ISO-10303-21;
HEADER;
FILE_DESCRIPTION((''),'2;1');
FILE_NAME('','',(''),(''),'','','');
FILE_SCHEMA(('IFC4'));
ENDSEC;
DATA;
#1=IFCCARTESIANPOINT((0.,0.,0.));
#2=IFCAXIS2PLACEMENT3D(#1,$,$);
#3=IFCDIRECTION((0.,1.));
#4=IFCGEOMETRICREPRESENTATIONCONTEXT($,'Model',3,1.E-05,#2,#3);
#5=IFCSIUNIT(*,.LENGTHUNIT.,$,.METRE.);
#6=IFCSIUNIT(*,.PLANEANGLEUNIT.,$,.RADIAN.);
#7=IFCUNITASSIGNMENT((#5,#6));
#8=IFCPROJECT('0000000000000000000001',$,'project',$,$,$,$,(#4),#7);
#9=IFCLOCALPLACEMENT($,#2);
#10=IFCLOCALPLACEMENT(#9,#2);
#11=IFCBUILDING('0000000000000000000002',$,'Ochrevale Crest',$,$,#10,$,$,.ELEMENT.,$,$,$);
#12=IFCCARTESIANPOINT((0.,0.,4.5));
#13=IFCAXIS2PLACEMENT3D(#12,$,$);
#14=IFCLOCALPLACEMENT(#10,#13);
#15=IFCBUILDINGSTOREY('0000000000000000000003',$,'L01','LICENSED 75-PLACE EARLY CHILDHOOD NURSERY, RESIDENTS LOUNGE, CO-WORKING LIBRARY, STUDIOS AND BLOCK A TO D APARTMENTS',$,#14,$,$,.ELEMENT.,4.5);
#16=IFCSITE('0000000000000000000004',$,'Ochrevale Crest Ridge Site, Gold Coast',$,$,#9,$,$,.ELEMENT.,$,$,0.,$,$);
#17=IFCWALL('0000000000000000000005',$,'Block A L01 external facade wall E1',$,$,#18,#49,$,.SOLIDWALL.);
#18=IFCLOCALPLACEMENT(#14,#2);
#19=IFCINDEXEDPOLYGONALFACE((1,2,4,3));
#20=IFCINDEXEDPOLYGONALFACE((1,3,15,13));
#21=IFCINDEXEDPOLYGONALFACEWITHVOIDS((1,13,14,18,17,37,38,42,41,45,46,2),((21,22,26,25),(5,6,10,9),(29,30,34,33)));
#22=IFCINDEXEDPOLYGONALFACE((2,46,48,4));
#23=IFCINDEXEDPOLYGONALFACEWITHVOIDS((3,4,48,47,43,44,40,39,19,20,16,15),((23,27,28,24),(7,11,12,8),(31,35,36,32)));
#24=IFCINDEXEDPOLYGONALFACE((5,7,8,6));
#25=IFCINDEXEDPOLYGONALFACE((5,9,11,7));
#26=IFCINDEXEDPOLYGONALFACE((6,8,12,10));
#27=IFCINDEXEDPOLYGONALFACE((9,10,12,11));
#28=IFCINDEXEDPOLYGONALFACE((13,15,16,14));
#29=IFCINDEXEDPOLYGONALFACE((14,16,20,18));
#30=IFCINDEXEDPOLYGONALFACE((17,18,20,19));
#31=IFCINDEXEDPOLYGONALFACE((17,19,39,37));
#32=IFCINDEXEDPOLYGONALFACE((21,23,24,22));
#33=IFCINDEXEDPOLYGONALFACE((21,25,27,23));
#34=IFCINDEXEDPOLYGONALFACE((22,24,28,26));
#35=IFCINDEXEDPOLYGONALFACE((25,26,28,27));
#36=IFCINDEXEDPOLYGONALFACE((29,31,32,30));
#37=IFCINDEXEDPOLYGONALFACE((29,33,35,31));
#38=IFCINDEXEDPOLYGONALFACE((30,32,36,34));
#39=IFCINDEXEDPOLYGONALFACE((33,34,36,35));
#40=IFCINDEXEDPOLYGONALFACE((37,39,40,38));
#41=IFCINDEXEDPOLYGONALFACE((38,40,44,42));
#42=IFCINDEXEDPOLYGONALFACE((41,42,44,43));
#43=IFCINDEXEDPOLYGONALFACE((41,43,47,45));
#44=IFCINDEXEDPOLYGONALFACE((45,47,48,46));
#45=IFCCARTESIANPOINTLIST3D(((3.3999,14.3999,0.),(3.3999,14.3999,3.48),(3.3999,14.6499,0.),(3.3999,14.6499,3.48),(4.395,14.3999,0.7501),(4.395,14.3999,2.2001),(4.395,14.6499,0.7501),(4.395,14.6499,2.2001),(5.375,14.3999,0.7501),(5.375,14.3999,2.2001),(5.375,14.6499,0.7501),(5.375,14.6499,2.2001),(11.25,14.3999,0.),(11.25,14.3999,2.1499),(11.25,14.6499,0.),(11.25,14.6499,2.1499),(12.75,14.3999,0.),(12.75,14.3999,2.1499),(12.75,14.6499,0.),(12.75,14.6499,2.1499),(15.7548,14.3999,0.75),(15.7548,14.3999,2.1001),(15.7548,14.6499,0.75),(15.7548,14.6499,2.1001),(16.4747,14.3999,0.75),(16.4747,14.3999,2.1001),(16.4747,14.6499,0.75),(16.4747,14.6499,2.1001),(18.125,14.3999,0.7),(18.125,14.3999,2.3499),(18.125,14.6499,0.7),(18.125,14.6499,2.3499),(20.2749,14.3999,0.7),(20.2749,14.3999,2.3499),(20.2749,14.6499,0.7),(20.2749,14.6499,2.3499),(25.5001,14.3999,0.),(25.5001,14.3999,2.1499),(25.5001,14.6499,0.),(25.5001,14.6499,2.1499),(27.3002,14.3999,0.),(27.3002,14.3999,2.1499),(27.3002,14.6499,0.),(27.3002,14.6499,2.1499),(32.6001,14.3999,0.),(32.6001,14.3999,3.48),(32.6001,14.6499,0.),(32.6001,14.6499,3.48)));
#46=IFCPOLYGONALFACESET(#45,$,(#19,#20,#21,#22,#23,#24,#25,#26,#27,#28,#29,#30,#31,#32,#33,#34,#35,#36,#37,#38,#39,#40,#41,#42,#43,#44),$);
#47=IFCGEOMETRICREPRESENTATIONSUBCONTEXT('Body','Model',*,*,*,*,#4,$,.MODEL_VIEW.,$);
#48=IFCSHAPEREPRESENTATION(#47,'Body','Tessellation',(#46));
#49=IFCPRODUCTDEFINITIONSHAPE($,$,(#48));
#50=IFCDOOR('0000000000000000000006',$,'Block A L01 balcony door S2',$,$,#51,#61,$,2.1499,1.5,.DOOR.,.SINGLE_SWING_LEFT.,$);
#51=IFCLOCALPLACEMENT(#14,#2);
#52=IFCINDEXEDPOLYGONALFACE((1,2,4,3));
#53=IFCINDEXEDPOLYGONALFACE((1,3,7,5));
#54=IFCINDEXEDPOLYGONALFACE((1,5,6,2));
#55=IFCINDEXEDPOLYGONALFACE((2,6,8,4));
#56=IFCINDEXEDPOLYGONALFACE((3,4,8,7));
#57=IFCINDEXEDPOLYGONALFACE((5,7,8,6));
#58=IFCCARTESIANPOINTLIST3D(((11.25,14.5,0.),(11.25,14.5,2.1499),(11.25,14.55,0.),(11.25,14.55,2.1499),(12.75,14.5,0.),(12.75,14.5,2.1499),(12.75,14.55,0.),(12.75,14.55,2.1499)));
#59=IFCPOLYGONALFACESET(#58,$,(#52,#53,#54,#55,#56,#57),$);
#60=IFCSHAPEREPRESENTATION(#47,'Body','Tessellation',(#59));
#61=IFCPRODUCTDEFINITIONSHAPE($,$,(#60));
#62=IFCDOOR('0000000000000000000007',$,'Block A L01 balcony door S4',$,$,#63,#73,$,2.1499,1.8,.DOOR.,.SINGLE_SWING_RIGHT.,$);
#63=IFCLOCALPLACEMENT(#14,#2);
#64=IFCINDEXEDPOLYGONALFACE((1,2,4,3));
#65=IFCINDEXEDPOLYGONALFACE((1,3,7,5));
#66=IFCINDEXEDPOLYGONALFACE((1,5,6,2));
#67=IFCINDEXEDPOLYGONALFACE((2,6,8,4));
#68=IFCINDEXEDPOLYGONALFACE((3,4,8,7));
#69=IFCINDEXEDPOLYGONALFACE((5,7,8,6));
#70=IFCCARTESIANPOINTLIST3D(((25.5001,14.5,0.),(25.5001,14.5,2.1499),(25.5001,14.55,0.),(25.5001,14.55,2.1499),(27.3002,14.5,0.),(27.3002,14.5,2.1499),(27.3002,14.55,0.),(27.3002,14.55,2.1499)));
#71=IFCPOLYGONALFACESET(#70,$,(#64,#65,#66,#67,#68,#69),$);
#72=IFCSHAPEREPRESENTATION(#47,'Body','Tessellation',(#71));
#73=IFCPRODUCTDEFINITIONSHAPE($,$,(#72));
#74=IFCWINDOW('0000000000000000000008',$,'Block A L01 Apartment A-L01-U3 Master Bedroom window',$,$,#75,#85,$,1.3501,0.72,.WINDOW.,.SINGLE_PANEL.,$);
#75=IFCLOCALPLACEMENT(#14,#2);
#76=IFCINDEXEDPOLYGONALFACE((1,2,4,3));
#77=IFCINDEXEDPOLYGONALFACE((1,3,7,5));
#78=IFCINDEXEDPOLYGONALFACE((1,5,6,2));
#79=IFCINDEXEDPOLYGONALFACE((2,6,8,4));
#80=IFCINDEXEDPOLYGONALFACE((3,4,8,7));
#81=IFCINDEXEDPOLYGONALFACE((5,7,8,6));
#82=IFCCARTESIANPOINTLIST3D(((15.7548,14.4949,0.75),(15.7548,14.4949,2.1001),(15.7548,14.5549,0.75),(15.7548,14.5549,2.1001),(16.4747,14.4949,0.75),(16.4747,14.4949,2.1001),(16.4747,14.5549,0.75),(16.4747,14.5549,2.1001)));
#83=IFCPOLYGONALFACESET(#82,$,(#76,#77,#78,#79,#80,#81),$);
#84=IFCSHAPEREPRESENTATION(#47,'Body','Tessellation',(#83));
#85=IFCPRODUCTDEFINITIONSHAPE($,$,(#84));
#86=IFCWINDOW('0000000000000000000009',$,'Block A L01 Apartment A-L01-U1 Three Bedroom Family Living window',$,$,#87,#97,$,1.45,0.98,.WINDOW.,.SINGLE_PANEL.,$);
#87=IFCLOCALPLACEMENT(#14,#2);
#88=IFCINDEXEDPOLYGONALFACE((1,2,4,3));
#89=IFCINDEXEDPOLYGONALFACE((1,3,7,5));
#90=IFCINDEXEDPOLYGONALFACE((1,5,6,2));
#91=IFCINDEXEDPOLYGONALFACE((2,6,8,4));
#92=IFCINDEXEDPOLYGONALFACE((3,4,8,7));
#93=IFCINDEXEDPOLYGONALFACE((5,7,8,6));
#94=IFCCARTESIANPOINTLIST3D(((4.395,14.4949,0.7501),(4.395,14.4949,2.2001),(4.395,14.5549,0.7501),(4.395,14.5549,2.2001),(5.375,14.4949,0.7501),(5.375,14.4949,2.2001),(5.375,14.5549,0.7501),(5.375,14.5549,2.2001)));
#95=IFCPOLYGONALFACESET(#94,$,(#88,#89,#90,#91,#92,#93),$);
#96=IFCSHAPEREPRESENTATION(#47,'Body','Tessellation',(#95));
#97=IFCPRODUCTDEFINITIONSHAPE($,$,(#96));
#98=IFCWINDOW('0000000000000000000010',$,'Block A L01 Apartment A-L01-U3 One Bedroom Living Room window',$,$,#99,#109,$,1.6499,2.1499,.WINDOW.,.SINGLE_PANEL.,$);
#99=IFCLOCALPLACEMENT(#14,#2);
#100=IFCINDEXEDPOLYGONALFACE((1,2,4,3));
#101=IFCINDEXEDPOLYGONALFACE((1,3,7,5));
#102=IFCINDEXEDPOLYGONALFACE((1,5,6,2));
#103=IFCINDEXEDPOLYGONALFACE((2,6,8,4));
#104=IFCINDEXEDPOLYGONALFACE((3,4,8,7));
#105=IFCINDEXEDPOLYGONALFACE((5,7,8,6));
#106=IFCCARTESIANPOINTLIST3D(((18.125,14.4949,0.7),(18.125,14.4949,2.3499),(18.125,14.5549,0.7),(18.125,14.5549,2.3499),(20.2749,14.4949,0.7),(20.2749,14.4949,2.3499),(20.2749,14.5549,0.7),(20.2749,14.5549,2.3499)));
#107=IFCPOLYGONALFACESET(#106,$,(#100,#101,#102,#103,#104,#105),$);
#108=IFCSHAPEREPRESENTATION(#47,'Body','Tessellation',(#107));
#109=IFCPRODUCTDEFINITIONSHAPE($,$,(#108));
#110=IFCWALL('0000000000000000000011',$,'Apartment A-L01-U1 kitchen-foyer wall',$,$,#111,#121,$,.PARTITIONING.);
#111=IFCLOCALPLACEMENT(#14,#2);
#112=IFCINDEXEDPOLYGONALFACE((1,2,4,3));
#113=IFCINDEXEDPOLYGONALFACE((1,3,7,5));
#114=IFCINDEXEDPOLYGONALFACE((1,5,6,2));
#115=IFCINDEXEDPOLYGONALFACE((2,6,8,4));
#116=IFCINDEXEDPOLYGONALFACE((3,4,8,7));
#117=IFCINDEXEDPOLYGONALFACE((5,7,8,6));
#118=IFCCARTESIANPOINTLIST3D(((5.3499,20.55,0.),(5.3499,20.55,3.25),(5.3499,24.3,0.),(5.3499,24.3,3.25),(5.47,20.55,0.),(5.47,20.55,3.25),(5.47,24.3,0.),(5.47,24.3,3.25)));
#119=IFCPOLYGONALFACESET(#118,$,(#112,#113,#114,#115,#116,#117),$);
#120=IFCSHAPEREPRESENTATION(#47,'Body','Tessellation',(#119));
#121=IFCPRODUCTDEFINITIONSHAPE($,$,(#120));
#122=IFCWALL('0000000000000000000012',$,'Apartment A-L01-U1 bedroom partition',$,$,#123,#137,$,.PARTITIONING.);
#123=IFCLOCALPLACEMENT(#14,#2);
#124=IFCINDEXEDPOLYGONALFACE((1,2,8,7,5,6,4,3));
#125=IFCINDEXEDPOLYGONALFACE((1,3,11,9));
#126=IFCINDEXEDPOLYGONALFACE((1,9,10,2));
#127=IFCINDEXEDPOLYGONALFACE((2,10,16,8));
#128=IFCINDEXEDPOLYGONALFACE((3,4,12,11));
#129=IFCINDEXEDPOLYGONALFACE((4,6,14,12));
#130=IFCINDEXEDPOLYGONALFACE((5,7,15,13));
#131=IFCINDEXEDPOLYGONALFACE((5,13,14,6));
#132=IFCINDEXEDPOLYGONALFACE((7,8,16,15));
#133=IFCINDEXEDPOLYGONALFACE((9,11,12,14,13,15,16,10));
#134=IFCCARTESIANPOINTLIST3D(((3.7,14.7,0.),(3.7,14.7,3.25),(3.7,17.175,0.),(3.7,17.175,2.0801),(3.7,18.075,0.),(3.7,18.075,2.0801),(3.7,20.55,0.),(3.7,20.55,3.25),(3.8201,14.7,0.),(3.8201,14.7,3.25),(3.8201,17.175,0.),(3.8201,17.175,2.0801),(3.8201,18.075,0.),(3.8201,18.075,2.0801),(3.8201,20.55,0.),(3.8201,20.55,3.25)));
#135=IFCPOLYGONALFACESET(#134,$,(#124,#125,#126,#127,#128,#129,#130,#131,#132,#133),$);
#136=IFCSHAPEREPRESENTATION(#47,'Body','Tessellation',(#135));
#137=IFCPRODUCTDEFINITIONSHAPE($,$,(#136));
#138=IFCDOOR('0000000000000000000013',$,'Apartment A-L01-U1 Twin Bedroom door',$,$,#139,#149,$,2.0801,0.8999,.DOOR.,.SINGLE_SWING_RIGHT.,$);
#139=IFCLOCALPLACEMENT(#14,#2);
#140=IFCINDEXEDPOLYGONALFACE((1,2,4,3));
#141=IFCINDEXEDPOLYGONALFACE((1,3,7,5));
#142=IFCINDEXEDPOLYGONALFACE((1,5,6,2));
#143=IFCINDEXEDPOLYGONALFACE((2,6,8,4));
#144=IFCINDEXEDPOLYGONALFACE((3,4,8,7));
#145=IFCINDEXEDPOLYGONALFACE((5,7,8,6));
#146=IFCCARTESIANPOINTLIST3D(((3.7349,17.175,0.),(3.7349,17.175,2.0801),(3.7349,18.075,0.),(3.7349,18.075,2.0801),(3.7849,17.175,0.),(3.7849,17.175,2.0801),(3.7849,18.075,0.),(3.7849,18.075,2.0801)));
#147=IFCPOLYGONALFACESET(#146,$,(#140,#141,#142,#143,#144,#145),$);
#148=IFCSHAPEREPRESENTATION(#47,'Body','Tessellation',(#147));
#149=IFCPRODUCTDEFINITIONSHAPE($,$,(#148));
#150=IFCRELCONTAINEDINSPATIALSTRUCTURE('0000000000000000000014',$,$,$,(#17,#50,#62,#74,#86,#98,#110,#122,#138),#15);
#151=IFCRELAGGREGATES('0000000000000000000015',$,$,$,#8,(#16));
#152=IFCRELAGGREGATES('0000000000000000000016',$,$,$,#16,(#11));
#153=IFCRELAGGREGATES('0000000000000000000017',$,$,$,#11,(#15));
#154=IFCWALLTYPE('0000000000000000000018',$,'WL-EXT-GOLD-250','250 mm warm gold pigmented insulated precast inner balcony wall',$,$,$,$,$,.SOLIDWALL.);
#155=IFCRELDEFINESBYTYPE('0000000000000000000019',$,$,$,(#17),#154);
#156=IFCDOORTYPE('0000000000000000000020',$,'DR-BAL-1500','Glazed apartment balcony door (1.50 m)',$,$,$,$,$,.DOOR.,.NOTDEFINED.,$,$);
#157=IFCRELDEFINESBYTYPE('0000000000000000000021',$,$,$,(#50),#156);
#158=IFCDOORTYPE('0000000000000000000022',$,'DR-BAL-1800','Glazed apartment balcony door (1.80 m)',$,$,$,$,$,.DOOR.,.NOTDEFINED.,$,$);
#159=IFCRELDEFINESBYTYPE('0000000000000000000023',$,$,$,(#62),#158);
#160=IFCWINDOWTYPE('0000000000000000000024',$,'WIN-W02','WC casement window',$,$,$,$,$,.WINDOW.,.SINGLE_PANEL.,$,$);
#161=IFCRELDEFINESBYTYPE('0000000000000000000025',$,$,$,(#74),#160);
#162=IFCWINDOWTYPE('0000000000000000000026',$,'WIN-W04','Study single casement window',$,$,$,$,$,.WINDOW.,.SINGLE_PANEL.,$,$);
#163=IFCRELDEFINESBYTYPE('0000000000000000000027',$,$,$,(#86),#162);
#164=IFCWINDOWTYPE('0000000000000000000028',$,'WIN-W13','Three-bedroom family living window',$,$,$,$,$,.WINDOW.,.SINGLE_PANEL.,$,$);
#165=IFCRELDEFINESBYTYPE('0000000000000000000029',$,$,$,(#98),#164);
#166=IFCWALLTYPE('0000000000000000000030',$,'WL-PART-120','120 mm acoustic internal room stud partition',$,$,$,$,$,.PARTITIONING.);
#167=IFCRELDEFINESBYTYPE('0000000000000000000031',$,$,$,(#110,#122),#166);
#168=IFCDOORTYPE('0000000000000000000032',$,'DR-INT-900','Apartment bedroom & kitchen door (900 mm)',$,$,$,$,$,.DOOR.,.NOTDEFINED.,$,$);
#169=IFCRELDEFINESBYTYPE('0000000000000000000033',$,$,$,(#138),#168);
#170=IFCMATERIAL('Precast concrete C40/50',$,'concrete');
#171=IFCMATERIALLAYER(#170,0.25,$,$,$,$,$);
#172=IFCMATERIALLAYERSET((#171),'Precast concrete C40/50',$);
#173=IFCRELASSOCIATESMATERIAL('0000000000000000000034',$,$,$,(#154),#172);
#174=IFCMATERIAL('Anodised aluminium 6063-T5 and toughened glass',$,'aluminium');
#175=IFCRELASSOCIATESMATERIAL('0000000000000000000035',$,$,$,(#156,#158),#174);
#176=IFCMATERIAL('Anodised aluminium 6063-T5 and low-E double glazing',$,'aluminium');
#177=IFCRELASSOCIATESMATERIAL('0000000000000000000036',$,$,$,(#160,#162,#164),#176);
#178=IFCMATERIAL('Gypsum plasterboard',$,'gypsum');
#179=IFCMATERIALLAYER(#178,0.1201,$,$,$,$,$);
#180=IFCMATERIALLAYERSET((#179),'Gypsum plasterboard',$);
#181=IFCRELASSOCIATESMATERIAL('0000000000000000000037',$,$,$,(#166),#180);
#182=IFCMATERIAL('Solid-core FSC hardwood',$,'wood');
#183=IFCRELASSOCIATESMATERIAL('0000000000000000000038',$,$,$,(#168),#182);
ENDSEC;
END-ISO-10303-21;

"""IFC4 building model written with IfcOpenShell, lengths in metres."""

from ifc_helpers import new_model, si_unit, direction, frame, frame_2d, origin, place, context, subcontext, project, spatial, rectangle, extrude, material, layer, layer_set, type_object, element, fill, save


model = new_model("IFC4")

# Units and contexts
model_context = context("Model", 3, precision=1e-05, world=origin(), true_north=direction((0.0, 1.0)))
body_context = subcontext(model_context, "Body", "Model", "MODEL_VIEW")
ifc_project = project(units=[si_unit("LENGTHUNIT", "METRE"), si_unit("PLANEANGLEUNIT", "RADIAN")], contexts=[model_context])

# Site, building, storey
site_placement = place(None, origin())
site = spatial("IfcSite", under=ifc_project, at=site_placement, Name="Ochrevale Crest Ridge Site, Gold Coast", CompositionType="ELEMENT", RefElevation=0.0)
building_placement = place(site_placement, origin())
building = spatial("IfcBuilding", under=site, at=building_placement, Name="Ochrevale Crest", CompositionType="ELEMENT")
storey_placement = place(building_placement, frame((0.0, 0.0, 4.5)))
storey = spatial("IfcBuildingStorey", under=building, at=storey_placement, Name="L01", Description="LICENSED 75-PLACE EARLY CHILDHOOD NURSERY, RESIDENTS LOUNGE, CO-WORKING LIBRARY, STUDIOS AND BLOCK A TO D APARTMENTS", CompositionType="ELEMENT", Elevation=4.5)

# Wall, openings, doors, windows
ifc_material_1 = material(Name="Precast concrete C40/50", Category="concrete")
ifc_layer_1 = layer(ifc_material_1, 0.25)
ifc_layer_set_1 = layer_set([ifc_layer_1], Name="Precast concrete C40/50")
wall_type_1 = type_object("IfcWallType", Name="WL-EXT-GOLD-250", Description="250 mm warm gold pigmented insulated precast inner balcony wall", PredefinedType="SOLIDWALL", material=ifc_layer_set_1)
wall_1_placement = place(storey_placement, frame((3.3999, 14.5249, 0.0), z_axis=(0.0, 0.0, 1.0), x_axis=(1.0, 0.0, 0.0)))
wall_1 = element("IfcWall", 1, at=wall_1_placement, inside=storey, type_object=wall_type_1, Name="Block A L01 external facade wall E1", PredefinedType="SOLIDWALL", context=body_context, shape_type="SweptSolid", body=[
    extrude(rectangle(XDim=29.2002, YDim=0.25, at=frame_2d((14.6001, 0.0))), origin(), (0.0, 0.0, 1.0), 3.48),
])
opening_1_placement = place(wall_1_placement, frame((9.3501, 0.0, 0.0), z_axis=(0.0, 0.0, 1.0), x_axis=(-1.0, 0.0, 0.0)))
opening_1 = element("IfcOpeningElement", 2, at=opening_1_placement, cuts=wall_1, PredefinedType="OPENING", context=body_context, shape_type="SweptSolid", body=[
    extrude(rectangle(XDim=1.5, YDim=2.1499, at=frame_2d((0.75, 1.075))), frame((0.0, 0.135, 0.0), z_axis=(0.0, -1.0, 0.0), x_axis=(1.0, 0.0, 0.0)), (0.0, 0.0, 1.0), 0.27),
])
opening_2_placement = place(wall_1_placement, frame((23.9001, 0.0, 0.0), z_axis=(0.0, 0.0, 1.0), x_axis=(-1.0, 0.0, 0.0)))
opening_2 = element("IfcOpeningElement", 3, at=opening_2_placement, cuts=wall_1, PredefinedType="OPENING", context=body_context, shape_type="SweptSolid", body=[
    extrude(rectangle(XDim=1.8, YDim=2.1499, at=frame_2d((0.8999, 1.075))), frame((0.0, 0.135, 0.0), z_axis=(0.0, -1.0, 0.0), x_axis=(1.0, 0.0, 0.0)), (0.0, 0.0, 1.0), 0.27),
])
opening_3_placement = place(wall_1_placement, frame((0.9951, 0.0, 0.75)))
opening_3 = element("IfcOpeningElement", 4, at=opening_3_placement, cuts=wall_1, PredefinedType="OPENING", context=body_context, shape_type="SweptSolid", body=[
    extrude(rectangle(XDim=0.98, YDim=1.45, at=frame_2d((0.49, 0.7251))), frame((0.0, 0.135, 0.0), z_axis=(0.0, -1.0, 0.0), x_axis=(1.0, 0.0, 0.0)), (0.0, 0.0, 1.0), 0.27),
])
opening_4_placement = place(wall_1_placement, frame((12.355, 0.0, 0.75)))
opening_4 = element("IfcOpeningElement", 5, at=opening_4_placement, cuts=wall_1, PredefinedType="OPENING", context=body_context, shape_type="SweptSolid", body=[
    extrude(rectangle(XDim=0.72, YDim=1.3501, at=frame_2d((0.3599, 0.675))), frame((0.0, 0.135, 0.0), z_axis=(0.0, -1.0, 0.0), x_axis=(1.0, 0.0, 0.0)), (0.0, 0.0, 1.0), 0.27),
])
opening_5_placement = place(wall_1_placement, frame((14.7251, 0.0, 0.7)))
opening_5 = element("IfcOpeningElement", 6, at=opening_5_placement, cuts=wall_1, PredefinedType="OPENING", context=body_context, shape_type="SweptSolid", body=[
    extrude(rectangle(XDim=2.1499, YDim=1.6499, at=frame_2d((1.075, 0.825))), frame((0.0, 0.135, 0.0), z_axis=(0.0, -1.0, 0.0), x_axis=(1.0, 0.0, 0.0)), (0.0, 0.0, 1.0), 0.27),
])
ifc_material_2 = material(Name="Anodised aluminium 6063-T5 and toughened glass", Category="aluminium")
door_type_1 = type_object("IfcDoorType", Name="DR-BAL-1500", Description="Glazed apartment balcony door (1.50 m)", OperationType="NOTDEFINED", PredefinedType="DOOR", material=ifc_material_2)
door_1_placement = place(opening_1_placement, origin())
door_1 = element("IfcDoor", 7, at=door_1_placement, inside=storey, type_object=door_type_1, Name="Block A L01 balcony door S2", OperationType="SINGLE_SWING_LEFT", OverallHeight=2.1499, OverallWidth=1.5, PredefinedType="DOOR", context=body_context, shape_type="SweptSolid", body=[
    extrude(rectangle(XDim=1.5, YDim=2.1499, at=frame_2d((0.75, 1.075))), frame((0.0, 0.0249, 0.0), z_axis=(0.0, -1.0, 0.0), x_axis=(1.0, 0.0, 0.0)), (0.0, 0.0, 1.0), 0.05),
])
fill(opening_1, door_1)
door_type_2 = type_object("IfcDoorType", Name="DR-BAL-1800", Description="Glazed apartment balcony door (1.80 m)", OperationType="NOTDEFINED", PredefinedType="DOOR", material=ifc_material_2)
door_2_placement = place(opening_2_placement, origin())
door_2 = element("IfcDoor", 8, at=door_2_placement, inside=storey, type_object=door_type_2, Name="Block A L01 balcony door S4", OperationType="SINGLE_SWING_RIGHT", OverallHeight=2.1499, OverallWidth=1.8, PredefinedType="DOOR", context=body_context, shape_type="SweptSolid", body=[
    extrude(rectangle(XDim=1.8, YDim=2.1499, at=frame_2d((0.8999, 1.075))), frame((0.0, 0.0249, 0.0), z_axis=(0.0, -1.0, 0.0), x_axis=(1.0, 0.0, 0.0)), (0.0, 0.0, 1.0), 0.05),
])
fill(opening_2, door_2)
ifc_material_3 = material(Name="Anodised aluminium 6063-T5 and low-E double glazing", Category="aluminium")
window_type_1 = type_object("IfcWindowType", Name="WIN-W02", Description="WC casement window", PartitioningType="SINGLE_PANEL", PredefinedType="WINDOW", material=ifc_material_3)
window_1_placement = place(opening_4_placement, origin())
window_1 = element("IfcWindow", 9, at=window_1_placement, inside=storey, type_object=window_type_1, Name="Block A L01 Apartment A-L01-U3 Master Bedroom window", OverallHeight=1.3501, OverallWidth=0.72, PartitioningType="SINGLE_PANEL", PredefinedType="WINDOW", context=body_context, shape_type="SweptSolid", body=[
    extrude(rectangle(XDim=0.72, YDim=1.3501, at=frame_2d((0.3599, 0.675))), frame((0.0, 0.03, 0.0), z_axis=(0.0, -1.0, 0.0), x_axis=(1.0, 0.0, 0.0)), (0.0, 0.0, 1.0), 0.0601),
])
fill(opening_4, window_1)
window_type_2 = type_object("IfcWindowType", Name="WIN-W04", Description="Study single casement window", PartitioningType="SINGLE_PANEL", PredefinedType="WINDOW", material=ifc_material_3)
window_2_placement = place(opening_3_placement, origin())
window_2 = element("IfcWindow", 10, at=window_2_placement, inside=storey, type_object=window_type_2, Name="Block A L01 Apartment A-L01-U1 Three Bedroom Family Living window", OverallHeight=1.45, OverallWidth=0.98, PartitioningType="SINGLE_PANEL", PredefinedType="WINDOW", context=body_context, shape_type="SweptSolid", body=[
    extrude(rectangle(XDim=0.98, YDim=1.45, at=frame_2d((0.49, 0.7251))), frame((0.0, 0.03, 0.0), z_axis=(0.0, -1.0, 0.0), x_axis=(1.0, 0.0, 0.0)), (0.0, 0.0, 1.0), 0.0601),
])
fill(opening_3, window_2)
window_type_3 = type_object("IfcWindowType", Name="WIN-W13", Description="Three-bedroom family living window", PartitioningType="SINGLE_PANEL", PredefinedType="WINDOW", material=ifc_material_3)
window_3_placement = place(opening_5_placement, origin())
window_3 = element("IfcWindow", 11, at=window_3_placement, inside=storey, type_object=window_type_3, Name="Block A L01 Apartment A-L01-U3 One Bedroom Living Room window", OverallHeight=1.6499, OverallWidth=2.1499, PartitioningType="SINGLE_PANEL", PredefinedType="WINDOW", context=body_context, shape_type="SweptSolid", body=[
    extrude(rectangle(XDim=2.1499, YDim=1.6499, at=frame_2d((1.075, 0.825))), frame((0.0, 0.03, 0.0), z_axis=(0.0, -1.0, 0.0), x_axis=(1.0, 0.0, 0.0)), (0.0, 0.0, 1.0), 0.0601),
])
fill(opening_5, window_3)

# Wall
ifc_material_4 = material(Name="Gypsum plasterboard", Category="gypsum")
ifc_layer_2 = layer(ifc_material_4, 0.1201)
ifc_layer_set_2 = layer_set([ifc_layer_2], Name="Gypsum plasterboard")
wall_type_2 = type_object("IfcWallType", Name="WL-PART-120", Description="120 mm acoustic internal room stud partition", PredefinedType="PARTITIONING", material=ifc_layer_set_2)
wall_2_placement = place(storey_placement, frame((5.4099, 20.55, 0.0), z_axis=(0.0, 0.0, 1.0), x_axis=(0.0, 1.0, 0.0)))
element("IfcWall", 12, at=wall_2_placement, inside=storey, type_object=wall_type_2, Name="Apartment A-L01-U1 kitchen-foyer wall", PredefinedType="PARTITIONING", context=body_context, shape_type="SweptSolid", body=[
    extrude(rectangle(XDim=3.75, YDim=0.1201, at=frame_2d((1.875, 0.0))), origin(), (0.0, 0.0, 1.0), 3.25),
])

# Wall, opening, door
wall_3_placement = place(storey_placement, frame((3.76, 14.7, 0.0), z_axis=(0.0, 0.0, 1.0), x_axis=(0.0, 1.0, 0.0)))
wall_3 = element("IfcWall", 13, at=wall_3_placement, inside=storey, type_object=wall_type_2, Name="Apartment A-L01-U1 bedroom partition", PredefinedType="PARTITIONING", context=body_context, shape_type="SweptSolid", body=[
    extrude(rectangle(XDim=5.8501, YDim=0.1201, at=frame_2d((2.925, 0.0))), origin(), (0.0, 0.0, 1.0), 3.25),
])
opening_6_placement = place(wall_3_placement, frame((3.375, 0.0, 0.0), z_axis=(0.0, 0.0, 1.0), x_axis=(-1.0, 0.0, 0.0)))
opening_6 = element("IfcOpeningElement", 14, at=opening_6_placement, cuts=wall_3, PredefinedType="OPENING", context=body_context, shape_type="SweptSolid", body=[
    extrude(rectangle(XDim=0.8999, YDim=2.0801, at=frame_2d((0.45, 1.04))), frame((0.0, 0.0701, 0.0), z_axis=(0.0, -1.0, 0.0), x_axis=(1.0, 0.0, 0.0)), (0.0, 0.0, 1.0), 0.1401),
])
ifc_material_5 = material(Name="Solid-core FSC hardwood", Category="wood")
door_type_3 = type_object("IfcDoorType", Name="DR-INT-900", Description="Apartment bedroom & kitchen door (900 mm)", OperationType="NOTDEFINED", PredefinedType="DOOR", material=ifc_material_5)
door_3_placement = place(opening_6_placement, origin())
door_3 = element("IfcDoor", 15, at=door_3_placement, inside=storey, type_object=door_type_3, Name="Apartment A-L01-U1 Twin Bedroom door", OperationType="SINGLE_SWING_RIGHT", OverallHeight=2.0801, OverallWidth=0.8999, PredefinedType="DOOR", context=body_context, shape_type="SweptSolid", body=[
    extrude(rectangle(XDim=0.8999, YDim=2.0801, at=frame_2d((0.45, 1.04))), frame((0.0, 0.0249, 0.0), z_axis=(0.0, -1.0, 0.0), x_axis=(1.0, 0.0, 0.0)), (0.0, 0.0, 1.0), 0.05),
])
fill(opening_6, door_3)

save(model, "model.ifc")
